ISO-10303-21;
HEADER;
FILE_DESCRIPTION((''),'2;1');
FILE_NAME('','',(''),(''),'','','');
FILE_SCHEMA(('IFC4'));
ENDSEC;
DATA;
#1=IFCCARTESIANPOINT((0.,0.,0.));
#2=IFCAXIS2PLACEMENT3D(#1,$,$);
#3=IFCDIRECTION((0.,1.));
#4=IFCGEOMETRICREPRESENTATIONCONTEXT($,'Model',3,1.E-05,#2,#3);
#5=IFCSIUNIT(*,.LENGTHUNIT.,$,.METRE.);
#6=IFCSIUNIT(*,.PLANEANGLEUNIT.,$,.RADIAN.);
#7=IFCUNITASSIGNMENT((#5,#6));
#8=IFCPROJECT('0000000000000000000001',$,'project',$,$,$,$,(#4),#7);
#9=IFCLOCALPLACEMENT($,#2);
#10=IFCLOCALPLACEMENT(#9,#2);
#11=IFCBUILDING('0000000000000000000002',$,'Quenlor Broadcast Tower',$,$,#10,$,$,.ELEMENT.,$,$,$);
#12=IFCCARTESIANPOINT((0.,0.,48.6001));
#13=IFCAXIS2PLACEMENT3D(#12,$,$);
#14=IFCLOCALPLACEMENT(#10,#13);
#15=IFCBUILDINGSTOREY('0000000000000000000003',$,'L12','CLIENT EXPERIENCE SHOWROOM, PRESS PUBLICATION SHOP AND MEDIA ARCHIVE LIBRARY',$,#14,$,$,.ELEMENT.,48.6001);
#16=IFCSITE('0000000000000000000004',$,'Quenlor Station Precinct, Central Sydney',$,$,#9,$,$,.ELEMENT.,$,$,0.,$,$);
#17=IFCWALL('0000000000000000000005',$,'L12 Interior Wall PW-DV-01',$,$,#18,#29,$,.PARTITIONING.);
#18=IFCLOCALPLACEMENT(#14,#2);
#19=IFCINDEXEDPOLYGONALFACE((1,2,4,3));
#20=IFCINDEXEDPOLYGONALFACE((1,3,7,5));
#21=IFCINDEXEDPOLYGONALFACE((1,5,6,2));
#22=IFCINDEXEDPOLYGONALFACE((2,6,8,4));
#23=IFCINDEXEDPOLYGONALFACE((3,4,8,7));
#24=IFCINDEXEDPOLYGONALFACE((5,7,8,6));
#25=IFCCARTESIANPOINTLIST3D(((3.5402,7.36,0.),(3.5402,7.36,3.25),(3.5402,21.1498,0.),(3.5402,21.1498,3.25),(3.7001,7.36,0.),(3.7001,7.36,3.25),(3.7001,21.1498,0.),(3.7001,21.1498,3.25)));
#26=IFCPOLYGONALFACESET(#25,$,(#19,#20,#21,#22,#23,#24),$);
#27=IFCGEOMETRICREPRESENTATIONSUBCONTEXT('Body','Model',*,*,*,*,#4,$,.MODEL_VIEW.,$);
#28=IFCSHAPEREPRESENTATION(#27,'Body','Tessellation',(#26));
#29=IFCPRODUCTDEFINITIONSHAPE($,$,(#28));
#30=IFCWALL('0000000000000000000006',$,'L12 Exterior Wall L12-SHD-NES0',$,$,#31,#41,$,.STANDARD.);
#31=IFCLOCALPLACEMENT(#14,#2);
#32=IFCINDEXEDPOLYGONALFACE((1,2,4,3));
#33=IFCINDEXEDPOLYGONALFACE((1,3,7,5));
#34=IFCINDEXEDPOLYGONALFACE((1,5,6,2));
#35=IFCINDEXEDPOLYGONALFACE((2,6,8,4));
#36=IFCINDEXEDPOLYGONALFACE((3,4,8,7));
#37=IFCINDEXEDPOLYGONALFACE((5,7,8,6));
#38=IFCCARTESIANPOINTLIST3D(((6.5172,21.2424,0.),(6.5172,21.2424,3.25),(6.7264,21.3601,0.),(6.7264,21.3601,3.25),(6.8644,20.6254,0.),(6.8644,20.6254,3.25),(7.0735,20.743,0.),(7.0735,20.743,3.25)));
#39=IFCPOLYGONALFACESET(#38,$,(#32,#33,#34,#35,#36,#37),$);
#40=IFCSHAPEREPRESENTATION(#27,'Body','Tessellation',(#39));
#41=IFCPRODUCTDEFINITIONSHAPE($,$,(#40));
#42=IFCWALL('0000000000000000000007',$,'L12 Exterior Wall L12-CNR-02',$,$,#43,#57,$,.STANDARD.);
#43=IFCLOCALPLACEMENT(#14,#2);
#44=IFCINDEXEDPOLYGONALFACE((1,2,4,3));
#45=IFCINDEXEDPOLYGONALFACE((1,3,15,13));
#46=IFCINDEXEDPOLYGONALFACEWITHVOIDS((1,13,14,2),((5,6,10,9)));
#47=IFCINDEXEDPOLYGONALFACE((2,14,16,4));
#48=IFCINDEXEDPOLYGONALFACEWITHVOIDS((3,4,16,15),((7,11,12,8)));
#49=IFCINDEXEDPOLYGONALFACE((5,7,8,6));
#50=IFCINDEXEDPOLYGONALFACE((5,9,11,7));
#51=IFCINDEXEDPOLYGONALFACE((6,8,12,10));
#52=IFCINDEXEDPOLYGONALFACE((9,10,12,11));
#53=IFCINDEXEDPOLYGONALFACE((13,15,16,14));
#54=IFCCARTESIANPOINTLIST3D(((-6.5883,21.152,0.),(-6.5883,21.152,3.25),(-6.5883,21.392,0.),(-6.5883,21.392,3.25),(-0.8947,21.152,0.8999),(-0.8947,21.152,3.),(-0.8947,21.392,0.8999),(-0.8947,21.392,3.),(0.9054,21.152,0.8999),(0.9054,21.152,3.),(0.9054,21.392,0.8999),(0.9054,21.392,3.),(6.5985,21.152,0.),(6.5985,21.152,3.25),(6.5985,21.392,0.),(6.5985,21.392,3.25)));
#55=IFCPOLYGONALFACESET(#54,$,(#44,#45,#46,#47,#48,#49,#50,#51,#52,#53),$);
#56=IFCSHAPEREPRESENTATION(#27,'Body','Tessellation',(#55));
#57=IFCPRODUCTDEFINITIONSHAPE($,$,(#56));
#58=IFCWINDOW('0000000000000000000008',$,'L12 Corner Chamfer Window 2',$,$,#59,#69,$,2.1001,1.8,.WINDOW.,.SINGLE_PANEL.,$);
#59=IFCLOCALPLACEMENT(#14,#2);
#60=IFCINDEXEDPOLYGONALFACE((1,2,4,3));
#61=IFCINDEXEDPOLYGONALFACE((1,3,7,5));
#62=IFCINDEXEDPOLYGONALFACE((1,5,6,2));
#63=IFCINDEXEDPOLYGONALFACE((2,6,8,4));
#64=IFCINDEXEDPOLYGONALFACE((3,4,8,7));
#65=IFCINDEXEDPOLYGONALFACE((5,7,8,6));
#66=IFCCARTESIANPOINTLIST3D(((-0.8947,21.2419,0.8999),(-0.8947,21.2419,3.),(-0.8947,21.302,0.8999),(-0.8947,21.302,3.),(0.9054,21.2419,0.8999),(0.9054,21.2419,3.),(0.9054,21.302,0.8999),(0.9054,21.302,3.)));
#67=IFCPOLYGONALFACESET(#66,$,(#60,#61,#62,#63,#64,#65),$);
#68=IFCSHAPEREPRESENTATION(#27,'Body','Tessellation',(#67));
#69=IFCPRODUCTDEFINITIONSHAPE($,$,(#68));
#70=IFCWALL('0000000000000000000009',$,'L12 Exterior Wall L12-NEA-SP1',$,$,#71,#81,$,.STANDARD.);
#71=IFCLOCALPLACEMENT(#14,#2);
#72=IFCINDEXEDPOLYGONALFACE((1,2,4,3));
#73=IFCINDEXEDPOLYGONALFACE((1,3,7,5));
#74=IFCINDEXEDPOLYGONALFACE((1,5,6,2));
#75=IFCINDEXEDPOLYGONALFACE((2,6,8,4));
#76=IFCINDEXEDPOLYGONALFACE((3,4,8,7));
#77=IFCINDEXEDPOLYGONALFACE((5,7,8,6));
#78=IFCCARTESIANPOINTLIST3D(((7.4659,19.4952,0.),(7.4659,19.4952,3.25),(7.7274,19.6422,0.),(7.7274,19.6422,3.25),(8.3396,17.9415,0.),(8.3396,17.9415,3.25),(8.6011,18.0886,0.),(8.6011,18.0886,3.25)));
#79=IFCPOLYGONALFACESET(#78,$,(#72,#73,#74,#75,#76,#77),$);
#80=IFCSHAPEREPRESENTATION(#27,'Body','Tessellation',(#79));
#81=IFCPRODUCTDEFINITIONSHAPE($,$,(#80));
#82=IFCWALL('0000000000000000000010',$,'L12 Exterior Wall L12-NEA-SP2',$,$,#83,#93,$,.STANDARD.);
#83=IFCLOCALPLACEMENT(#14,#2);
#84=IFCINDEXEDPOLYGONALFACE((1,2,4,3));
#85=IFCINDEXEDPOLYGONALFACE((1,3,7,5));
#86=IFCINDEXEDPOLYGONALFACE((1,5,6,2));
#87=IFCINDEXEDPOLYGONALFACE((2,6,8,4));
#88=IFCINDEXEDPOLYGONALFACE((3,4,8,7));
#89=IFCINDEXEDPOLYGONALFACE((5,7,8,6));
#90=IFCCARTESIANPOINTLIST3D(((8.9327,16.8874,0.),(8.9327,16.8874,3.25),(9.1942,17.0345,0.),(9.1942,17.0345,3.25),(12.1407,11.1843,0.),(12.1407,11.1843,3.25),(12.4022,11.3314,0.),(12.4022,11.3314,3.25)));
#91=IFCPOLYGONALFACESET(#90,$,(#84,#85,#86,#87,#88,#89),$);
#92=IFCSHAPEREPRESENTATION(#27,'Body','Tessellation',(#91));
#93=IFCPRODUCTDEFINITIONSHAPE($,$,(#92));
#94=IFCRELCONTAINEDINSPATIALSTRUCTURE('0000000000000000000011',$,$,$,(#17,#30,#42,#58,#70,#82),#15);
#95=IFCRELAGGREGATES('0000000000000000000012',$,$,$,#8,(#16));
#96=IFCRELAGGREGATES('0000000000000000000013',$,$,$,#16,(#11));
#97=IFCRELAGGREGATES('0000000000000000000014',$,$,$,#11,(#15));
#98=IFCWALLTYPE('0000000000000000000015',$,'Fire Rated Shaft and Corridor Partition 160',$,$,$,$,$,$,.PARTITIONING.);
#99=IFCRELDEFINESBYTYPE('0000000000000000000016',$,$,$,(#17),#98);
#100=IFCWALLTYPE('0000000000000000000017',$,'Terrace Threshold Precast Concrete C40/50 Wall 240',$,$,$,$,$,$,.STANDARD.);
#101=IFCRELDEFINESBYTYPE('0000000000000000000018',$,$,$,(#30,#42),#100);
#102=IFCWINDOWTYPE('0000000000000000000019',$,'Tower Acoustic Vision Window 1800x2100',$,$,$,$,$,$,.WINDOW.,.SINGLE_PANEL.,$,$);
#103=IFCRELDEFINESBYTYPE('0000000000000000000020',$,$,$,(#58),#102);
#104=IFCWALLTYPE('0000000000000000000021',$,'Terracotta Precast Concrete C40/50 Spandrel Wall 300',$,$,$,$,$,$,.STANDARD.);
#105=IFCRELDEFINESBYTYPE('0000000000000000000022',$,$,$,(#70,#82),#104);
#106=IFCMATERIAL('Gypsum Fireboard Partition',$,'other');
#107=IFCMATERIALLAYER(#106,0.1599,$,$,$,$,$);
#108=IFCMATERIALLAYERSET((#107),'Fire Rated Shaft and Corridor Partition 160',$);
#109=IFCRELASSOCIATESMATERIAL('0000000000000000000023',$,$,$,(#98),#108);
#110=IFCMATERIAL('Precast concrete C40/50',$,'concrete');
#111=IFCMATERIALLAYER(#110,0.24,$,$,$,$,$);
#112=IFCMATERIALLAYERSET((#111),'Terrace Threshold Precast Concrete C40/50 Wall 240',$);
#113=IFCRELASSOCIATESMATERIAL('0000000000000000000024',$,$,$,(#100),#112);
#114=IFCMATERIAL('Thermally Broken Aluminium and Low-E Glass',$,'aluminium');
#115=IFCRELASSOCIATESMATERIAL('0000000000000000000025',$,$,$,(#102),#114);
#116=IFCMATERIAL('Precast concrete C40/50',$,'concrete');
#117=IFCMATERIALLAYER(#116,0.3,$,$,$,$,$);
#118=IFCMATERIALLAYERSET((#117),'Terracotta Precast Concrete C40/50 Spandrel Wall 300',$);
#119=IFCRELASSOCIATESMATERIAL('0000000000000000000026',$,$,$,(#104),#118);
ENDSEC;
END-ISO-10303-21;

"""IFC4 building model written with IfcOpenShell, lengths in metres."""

from ifc_helpers import new_model, si_unit, direction, frame, frame_2d, origin, place, context, subcontext, project, spatial, rectangle, extrude, material, layer, layer_set, type_object, element, fill, save


model = new_model("IFC4")

# Units and contexts
model_context = context("Model", 3, precision=1e-05, world=origin(), true_north=direction((0.0, 1.0)))
body_context = subcontext(model_context, "Body", "Model", "MODEL_VIEW")
ifc_project = project(units=[si_unit("LENGTHUNIT", "METRE"), si_unit("PLANEANGLEUNIT", "RADIAN")], contexts=[model_context])

# Site, building, storey
site_placement = place(None, origin())
site = spatial("IfcSite", under=ifc_project, at=site_placement, Name="Quenlor Station Precinct, Central Sydney", CompositionType="ELEMENT", RefElevation=0.0)
building_placement = place(site_placement, origin())
building = spatial("IfcBuilding", under=site, at=building_placement, Name="Quenlor Broadcast Tower", CompositionType="ELEMENT")
storey_placement = place(building_placement, frame((0.0, 0.0, 48.6001)))
storey = spatial("IfcBuildingStorey", under=building, at=storey_placement, Name="L12", Description="CLIENT EXPERIENCE SHOWROOM, PRESS PUBLICATION SHOP AND MEDIA ARCHIVE LIBRARY", CompositionType="ELEMENT", Elevation=48.6001)

# Walls
ifc_material_1 = material(Name="Gypsum Fireboard Partition", Category="other")
ifc_layer_1 = layer(ifc_material_1, 0.1599)
ifc_layer_set_1 = layer_set([ifc_layer_1], Name="Fire Rated Shaft and Corridor Partition 160")
wall_type_1 = type_object("IfcWallType", Name="Fire Rated Shaft and Corridor Partition 160", PredefinedType="PARTITIONING", material=ifc_layer_set_1)
wall_1_placement = place(storey_placement, frame((3.6201, 21.1499, 0.0), z_axis=(0.0, 0.0, 1.0), x_axis=(0.0, -1.0, 0.0)))
element("IfcWall", 1, at=wall_1_placement, inside=storey, type_object=wall_type_1, Name="L12 Interior Wall PW-DV-01", PredefinedType="PARTITIONING", context=body_context, shape_type="SweptSolid", body=[
    extrude(rectangle(XDim=13.7898, YDim=0.1599, at=frame_2d((6.895, 0.0))), origin(), (0.0, 0.0, 1.0), 3.25),
])
ifc_material_2 = material(Name="Precast concrete C40/50", Category="concrete")
ifc_layer_2 = layer(ifc_material_2, 0.24)
ifc_layer_set_2 = layer_set([ifc_layer_2], Name="Terrace Threshold Precast Concrete C40/50 Wall 240")
wall_type_2 = type_object("IfcWallType", Name="Terrace Threshold Precast Concrete C40/50 Wall 240", PredefinedType="STANDARD", material=ifc_layer_set_2)
wall_2_placement = place(storey_placement, frame((6.6218, 21.3013, 0.0), z_axis=(0.0, 0.0, 1.0), x_axis=(0.490261, -0.871576, 0.0)))
element("IfcWall", 2, at=wall_2_placement, inside=storey, type_object=wall_type_2, Name="L12 Exterior Wall L12-SHD-NES0", PredefinedType="STANDARD", context=body_context, shape_type="SweptSolid", body=[
    extrude(rectangle(XDim=0.708, YDim=0.24, at=frame_2d((0.354, 0.0))), origin(), (0.0, 0.0, 1.0), 3.25),
])

# Wall, opening, window
wall_3_placement = place(storey_placement, frame((6.5984, 21.272, 0.0), z_axis=(0.0, 0.0, 1.0), x_axis=(-1.0, 0.0, 0.0)))
wall_3 = element("IfcWall", 3, at=wall_3_placement, inside=storey, type_object=wall_type_2, Name="L12 Exterior Wall L12-CNR-02", PredefinedType="STANDARD", context=body_context, shape_type="SweptSolid", body=[
    extrude(rectangle(XDim=13.1868, YDim=0.24, at=frame_2d((6.5933, 0.0))), origin(), (0.0, 0.0, 1.0), 3.25),
])
opening_placement = place(wall_3_placement, frame((5.6931, 0.0, 0.8999)))
opening = element("IfcOpeningElement", 4, at=opening_placement, cuts=wall_3, PredefinedType="OPENING", context=body_context, shape_type="SweptSolid", body=[
    extrude(rectangle(XDim=1.8, YDim=2.1001, at=frame_2d((0.8999, 1.05))), frame((0.0, 0.1299, 0.0), z_axis=(0.0, -1.0, 0.0), x_axis=(1.0, 0.0, 0.0)), (0.0, 0.0, 1.0), 0.26),
])
ifc_material_3 = material(Name="Thermally Broken Aluminium and Low-E Glass", Category="aluminium")
window_type = type_object("IfcWindowType", Name="Tower Acoustic Vision Window 1800x2100", PartitioningType="SINGLE_PANEL", PredefinedType="WINDOW", material=ifc_material_3)
window_placement = place(opening_placement, origin())
window = element("IfcWindow", 5, at=window_placement, inside=storey, type_object=window_type, Name="L12 Corner Chamfer Window 2", OverallHeight=2.1001, OverallWidth=1.8, PartitioningType="SINGLE_PANEL", PredefinedType="WINDOW", context=body_context, shape_type="SweptSolid", body=[
    extrude(rectangle(XDim=1.8, YDim=2.1001, at=frame_2d((0.8999, 1.05))), frame((0.0, 0.03, 0.0), z_axis=(0.0, -1.0, 0.0), x_axis=(1.0, 0.0, 0.0)), (0.0, 0.0, 1.0), 0.0601),
])
fill(opening, window)

# Walls
ifc_material_4 = material(Name="Precast concrete C40/50", Category="concrete")
ifc_layer_3 = layer(ifc_material_4, 0.3)
ifc_layer_set_3 = layer_set([ifc_layer_3], Name="Terracotta Precast Concrete C40/50 Spandrel Wall 300")
wall_type_3 = type_object("IfcWallType", Name="Terracotta Precast Concrete C40/50 Spandrel Wall 300", PredefinedType="STANDARD", material=ifc_layer_set_3)
wall_4_placement = place(storey_placement, frame((7.5967, 19.5686, 0.0), z_axis=(0.0, 0.0, 1.0), x_axis=(0.490183, -0.871619, 0.0)))
element("IfcWall", 6, at=wall_4_placement, inside=storey, type_object=wall_type_3, Name="L12 Exterior Wall L12-NEA-SP1", PredefinedType="STANDARD", context=body_context, shape_type="SweptSolid", body=[
    extrude(rectangle(XDim=1.7825, YDim=0.3, at=frame_2d((0.8911, 0.0))), origin(), (0.0, 0.0, 1.0), 3.25),
])
wall_5_placement = place(storey_placement, frame((9.0635, 16.9609, 0.0), z_axis=(0.0, 0.0, 1.0), x_axis=(0.490261, -0.871576, 0.0)))
element("IfcWall", 7, at=wall_5_placement, inside=storey, type_object=wall_type_3, Name="L12 Exterior Wall L12-NEA-SP2", PredefinedType="STANDARD", context=body_context, shape_type="SweptSolid", body=[
    extrude(rectangle(XDim=6.5435, YDim=0.3, at=frame_2d((3.2717, 0.0))), origin(), (0.0, 0.0, 1.0), 3.25),
])

save(model, "model.ifc")
